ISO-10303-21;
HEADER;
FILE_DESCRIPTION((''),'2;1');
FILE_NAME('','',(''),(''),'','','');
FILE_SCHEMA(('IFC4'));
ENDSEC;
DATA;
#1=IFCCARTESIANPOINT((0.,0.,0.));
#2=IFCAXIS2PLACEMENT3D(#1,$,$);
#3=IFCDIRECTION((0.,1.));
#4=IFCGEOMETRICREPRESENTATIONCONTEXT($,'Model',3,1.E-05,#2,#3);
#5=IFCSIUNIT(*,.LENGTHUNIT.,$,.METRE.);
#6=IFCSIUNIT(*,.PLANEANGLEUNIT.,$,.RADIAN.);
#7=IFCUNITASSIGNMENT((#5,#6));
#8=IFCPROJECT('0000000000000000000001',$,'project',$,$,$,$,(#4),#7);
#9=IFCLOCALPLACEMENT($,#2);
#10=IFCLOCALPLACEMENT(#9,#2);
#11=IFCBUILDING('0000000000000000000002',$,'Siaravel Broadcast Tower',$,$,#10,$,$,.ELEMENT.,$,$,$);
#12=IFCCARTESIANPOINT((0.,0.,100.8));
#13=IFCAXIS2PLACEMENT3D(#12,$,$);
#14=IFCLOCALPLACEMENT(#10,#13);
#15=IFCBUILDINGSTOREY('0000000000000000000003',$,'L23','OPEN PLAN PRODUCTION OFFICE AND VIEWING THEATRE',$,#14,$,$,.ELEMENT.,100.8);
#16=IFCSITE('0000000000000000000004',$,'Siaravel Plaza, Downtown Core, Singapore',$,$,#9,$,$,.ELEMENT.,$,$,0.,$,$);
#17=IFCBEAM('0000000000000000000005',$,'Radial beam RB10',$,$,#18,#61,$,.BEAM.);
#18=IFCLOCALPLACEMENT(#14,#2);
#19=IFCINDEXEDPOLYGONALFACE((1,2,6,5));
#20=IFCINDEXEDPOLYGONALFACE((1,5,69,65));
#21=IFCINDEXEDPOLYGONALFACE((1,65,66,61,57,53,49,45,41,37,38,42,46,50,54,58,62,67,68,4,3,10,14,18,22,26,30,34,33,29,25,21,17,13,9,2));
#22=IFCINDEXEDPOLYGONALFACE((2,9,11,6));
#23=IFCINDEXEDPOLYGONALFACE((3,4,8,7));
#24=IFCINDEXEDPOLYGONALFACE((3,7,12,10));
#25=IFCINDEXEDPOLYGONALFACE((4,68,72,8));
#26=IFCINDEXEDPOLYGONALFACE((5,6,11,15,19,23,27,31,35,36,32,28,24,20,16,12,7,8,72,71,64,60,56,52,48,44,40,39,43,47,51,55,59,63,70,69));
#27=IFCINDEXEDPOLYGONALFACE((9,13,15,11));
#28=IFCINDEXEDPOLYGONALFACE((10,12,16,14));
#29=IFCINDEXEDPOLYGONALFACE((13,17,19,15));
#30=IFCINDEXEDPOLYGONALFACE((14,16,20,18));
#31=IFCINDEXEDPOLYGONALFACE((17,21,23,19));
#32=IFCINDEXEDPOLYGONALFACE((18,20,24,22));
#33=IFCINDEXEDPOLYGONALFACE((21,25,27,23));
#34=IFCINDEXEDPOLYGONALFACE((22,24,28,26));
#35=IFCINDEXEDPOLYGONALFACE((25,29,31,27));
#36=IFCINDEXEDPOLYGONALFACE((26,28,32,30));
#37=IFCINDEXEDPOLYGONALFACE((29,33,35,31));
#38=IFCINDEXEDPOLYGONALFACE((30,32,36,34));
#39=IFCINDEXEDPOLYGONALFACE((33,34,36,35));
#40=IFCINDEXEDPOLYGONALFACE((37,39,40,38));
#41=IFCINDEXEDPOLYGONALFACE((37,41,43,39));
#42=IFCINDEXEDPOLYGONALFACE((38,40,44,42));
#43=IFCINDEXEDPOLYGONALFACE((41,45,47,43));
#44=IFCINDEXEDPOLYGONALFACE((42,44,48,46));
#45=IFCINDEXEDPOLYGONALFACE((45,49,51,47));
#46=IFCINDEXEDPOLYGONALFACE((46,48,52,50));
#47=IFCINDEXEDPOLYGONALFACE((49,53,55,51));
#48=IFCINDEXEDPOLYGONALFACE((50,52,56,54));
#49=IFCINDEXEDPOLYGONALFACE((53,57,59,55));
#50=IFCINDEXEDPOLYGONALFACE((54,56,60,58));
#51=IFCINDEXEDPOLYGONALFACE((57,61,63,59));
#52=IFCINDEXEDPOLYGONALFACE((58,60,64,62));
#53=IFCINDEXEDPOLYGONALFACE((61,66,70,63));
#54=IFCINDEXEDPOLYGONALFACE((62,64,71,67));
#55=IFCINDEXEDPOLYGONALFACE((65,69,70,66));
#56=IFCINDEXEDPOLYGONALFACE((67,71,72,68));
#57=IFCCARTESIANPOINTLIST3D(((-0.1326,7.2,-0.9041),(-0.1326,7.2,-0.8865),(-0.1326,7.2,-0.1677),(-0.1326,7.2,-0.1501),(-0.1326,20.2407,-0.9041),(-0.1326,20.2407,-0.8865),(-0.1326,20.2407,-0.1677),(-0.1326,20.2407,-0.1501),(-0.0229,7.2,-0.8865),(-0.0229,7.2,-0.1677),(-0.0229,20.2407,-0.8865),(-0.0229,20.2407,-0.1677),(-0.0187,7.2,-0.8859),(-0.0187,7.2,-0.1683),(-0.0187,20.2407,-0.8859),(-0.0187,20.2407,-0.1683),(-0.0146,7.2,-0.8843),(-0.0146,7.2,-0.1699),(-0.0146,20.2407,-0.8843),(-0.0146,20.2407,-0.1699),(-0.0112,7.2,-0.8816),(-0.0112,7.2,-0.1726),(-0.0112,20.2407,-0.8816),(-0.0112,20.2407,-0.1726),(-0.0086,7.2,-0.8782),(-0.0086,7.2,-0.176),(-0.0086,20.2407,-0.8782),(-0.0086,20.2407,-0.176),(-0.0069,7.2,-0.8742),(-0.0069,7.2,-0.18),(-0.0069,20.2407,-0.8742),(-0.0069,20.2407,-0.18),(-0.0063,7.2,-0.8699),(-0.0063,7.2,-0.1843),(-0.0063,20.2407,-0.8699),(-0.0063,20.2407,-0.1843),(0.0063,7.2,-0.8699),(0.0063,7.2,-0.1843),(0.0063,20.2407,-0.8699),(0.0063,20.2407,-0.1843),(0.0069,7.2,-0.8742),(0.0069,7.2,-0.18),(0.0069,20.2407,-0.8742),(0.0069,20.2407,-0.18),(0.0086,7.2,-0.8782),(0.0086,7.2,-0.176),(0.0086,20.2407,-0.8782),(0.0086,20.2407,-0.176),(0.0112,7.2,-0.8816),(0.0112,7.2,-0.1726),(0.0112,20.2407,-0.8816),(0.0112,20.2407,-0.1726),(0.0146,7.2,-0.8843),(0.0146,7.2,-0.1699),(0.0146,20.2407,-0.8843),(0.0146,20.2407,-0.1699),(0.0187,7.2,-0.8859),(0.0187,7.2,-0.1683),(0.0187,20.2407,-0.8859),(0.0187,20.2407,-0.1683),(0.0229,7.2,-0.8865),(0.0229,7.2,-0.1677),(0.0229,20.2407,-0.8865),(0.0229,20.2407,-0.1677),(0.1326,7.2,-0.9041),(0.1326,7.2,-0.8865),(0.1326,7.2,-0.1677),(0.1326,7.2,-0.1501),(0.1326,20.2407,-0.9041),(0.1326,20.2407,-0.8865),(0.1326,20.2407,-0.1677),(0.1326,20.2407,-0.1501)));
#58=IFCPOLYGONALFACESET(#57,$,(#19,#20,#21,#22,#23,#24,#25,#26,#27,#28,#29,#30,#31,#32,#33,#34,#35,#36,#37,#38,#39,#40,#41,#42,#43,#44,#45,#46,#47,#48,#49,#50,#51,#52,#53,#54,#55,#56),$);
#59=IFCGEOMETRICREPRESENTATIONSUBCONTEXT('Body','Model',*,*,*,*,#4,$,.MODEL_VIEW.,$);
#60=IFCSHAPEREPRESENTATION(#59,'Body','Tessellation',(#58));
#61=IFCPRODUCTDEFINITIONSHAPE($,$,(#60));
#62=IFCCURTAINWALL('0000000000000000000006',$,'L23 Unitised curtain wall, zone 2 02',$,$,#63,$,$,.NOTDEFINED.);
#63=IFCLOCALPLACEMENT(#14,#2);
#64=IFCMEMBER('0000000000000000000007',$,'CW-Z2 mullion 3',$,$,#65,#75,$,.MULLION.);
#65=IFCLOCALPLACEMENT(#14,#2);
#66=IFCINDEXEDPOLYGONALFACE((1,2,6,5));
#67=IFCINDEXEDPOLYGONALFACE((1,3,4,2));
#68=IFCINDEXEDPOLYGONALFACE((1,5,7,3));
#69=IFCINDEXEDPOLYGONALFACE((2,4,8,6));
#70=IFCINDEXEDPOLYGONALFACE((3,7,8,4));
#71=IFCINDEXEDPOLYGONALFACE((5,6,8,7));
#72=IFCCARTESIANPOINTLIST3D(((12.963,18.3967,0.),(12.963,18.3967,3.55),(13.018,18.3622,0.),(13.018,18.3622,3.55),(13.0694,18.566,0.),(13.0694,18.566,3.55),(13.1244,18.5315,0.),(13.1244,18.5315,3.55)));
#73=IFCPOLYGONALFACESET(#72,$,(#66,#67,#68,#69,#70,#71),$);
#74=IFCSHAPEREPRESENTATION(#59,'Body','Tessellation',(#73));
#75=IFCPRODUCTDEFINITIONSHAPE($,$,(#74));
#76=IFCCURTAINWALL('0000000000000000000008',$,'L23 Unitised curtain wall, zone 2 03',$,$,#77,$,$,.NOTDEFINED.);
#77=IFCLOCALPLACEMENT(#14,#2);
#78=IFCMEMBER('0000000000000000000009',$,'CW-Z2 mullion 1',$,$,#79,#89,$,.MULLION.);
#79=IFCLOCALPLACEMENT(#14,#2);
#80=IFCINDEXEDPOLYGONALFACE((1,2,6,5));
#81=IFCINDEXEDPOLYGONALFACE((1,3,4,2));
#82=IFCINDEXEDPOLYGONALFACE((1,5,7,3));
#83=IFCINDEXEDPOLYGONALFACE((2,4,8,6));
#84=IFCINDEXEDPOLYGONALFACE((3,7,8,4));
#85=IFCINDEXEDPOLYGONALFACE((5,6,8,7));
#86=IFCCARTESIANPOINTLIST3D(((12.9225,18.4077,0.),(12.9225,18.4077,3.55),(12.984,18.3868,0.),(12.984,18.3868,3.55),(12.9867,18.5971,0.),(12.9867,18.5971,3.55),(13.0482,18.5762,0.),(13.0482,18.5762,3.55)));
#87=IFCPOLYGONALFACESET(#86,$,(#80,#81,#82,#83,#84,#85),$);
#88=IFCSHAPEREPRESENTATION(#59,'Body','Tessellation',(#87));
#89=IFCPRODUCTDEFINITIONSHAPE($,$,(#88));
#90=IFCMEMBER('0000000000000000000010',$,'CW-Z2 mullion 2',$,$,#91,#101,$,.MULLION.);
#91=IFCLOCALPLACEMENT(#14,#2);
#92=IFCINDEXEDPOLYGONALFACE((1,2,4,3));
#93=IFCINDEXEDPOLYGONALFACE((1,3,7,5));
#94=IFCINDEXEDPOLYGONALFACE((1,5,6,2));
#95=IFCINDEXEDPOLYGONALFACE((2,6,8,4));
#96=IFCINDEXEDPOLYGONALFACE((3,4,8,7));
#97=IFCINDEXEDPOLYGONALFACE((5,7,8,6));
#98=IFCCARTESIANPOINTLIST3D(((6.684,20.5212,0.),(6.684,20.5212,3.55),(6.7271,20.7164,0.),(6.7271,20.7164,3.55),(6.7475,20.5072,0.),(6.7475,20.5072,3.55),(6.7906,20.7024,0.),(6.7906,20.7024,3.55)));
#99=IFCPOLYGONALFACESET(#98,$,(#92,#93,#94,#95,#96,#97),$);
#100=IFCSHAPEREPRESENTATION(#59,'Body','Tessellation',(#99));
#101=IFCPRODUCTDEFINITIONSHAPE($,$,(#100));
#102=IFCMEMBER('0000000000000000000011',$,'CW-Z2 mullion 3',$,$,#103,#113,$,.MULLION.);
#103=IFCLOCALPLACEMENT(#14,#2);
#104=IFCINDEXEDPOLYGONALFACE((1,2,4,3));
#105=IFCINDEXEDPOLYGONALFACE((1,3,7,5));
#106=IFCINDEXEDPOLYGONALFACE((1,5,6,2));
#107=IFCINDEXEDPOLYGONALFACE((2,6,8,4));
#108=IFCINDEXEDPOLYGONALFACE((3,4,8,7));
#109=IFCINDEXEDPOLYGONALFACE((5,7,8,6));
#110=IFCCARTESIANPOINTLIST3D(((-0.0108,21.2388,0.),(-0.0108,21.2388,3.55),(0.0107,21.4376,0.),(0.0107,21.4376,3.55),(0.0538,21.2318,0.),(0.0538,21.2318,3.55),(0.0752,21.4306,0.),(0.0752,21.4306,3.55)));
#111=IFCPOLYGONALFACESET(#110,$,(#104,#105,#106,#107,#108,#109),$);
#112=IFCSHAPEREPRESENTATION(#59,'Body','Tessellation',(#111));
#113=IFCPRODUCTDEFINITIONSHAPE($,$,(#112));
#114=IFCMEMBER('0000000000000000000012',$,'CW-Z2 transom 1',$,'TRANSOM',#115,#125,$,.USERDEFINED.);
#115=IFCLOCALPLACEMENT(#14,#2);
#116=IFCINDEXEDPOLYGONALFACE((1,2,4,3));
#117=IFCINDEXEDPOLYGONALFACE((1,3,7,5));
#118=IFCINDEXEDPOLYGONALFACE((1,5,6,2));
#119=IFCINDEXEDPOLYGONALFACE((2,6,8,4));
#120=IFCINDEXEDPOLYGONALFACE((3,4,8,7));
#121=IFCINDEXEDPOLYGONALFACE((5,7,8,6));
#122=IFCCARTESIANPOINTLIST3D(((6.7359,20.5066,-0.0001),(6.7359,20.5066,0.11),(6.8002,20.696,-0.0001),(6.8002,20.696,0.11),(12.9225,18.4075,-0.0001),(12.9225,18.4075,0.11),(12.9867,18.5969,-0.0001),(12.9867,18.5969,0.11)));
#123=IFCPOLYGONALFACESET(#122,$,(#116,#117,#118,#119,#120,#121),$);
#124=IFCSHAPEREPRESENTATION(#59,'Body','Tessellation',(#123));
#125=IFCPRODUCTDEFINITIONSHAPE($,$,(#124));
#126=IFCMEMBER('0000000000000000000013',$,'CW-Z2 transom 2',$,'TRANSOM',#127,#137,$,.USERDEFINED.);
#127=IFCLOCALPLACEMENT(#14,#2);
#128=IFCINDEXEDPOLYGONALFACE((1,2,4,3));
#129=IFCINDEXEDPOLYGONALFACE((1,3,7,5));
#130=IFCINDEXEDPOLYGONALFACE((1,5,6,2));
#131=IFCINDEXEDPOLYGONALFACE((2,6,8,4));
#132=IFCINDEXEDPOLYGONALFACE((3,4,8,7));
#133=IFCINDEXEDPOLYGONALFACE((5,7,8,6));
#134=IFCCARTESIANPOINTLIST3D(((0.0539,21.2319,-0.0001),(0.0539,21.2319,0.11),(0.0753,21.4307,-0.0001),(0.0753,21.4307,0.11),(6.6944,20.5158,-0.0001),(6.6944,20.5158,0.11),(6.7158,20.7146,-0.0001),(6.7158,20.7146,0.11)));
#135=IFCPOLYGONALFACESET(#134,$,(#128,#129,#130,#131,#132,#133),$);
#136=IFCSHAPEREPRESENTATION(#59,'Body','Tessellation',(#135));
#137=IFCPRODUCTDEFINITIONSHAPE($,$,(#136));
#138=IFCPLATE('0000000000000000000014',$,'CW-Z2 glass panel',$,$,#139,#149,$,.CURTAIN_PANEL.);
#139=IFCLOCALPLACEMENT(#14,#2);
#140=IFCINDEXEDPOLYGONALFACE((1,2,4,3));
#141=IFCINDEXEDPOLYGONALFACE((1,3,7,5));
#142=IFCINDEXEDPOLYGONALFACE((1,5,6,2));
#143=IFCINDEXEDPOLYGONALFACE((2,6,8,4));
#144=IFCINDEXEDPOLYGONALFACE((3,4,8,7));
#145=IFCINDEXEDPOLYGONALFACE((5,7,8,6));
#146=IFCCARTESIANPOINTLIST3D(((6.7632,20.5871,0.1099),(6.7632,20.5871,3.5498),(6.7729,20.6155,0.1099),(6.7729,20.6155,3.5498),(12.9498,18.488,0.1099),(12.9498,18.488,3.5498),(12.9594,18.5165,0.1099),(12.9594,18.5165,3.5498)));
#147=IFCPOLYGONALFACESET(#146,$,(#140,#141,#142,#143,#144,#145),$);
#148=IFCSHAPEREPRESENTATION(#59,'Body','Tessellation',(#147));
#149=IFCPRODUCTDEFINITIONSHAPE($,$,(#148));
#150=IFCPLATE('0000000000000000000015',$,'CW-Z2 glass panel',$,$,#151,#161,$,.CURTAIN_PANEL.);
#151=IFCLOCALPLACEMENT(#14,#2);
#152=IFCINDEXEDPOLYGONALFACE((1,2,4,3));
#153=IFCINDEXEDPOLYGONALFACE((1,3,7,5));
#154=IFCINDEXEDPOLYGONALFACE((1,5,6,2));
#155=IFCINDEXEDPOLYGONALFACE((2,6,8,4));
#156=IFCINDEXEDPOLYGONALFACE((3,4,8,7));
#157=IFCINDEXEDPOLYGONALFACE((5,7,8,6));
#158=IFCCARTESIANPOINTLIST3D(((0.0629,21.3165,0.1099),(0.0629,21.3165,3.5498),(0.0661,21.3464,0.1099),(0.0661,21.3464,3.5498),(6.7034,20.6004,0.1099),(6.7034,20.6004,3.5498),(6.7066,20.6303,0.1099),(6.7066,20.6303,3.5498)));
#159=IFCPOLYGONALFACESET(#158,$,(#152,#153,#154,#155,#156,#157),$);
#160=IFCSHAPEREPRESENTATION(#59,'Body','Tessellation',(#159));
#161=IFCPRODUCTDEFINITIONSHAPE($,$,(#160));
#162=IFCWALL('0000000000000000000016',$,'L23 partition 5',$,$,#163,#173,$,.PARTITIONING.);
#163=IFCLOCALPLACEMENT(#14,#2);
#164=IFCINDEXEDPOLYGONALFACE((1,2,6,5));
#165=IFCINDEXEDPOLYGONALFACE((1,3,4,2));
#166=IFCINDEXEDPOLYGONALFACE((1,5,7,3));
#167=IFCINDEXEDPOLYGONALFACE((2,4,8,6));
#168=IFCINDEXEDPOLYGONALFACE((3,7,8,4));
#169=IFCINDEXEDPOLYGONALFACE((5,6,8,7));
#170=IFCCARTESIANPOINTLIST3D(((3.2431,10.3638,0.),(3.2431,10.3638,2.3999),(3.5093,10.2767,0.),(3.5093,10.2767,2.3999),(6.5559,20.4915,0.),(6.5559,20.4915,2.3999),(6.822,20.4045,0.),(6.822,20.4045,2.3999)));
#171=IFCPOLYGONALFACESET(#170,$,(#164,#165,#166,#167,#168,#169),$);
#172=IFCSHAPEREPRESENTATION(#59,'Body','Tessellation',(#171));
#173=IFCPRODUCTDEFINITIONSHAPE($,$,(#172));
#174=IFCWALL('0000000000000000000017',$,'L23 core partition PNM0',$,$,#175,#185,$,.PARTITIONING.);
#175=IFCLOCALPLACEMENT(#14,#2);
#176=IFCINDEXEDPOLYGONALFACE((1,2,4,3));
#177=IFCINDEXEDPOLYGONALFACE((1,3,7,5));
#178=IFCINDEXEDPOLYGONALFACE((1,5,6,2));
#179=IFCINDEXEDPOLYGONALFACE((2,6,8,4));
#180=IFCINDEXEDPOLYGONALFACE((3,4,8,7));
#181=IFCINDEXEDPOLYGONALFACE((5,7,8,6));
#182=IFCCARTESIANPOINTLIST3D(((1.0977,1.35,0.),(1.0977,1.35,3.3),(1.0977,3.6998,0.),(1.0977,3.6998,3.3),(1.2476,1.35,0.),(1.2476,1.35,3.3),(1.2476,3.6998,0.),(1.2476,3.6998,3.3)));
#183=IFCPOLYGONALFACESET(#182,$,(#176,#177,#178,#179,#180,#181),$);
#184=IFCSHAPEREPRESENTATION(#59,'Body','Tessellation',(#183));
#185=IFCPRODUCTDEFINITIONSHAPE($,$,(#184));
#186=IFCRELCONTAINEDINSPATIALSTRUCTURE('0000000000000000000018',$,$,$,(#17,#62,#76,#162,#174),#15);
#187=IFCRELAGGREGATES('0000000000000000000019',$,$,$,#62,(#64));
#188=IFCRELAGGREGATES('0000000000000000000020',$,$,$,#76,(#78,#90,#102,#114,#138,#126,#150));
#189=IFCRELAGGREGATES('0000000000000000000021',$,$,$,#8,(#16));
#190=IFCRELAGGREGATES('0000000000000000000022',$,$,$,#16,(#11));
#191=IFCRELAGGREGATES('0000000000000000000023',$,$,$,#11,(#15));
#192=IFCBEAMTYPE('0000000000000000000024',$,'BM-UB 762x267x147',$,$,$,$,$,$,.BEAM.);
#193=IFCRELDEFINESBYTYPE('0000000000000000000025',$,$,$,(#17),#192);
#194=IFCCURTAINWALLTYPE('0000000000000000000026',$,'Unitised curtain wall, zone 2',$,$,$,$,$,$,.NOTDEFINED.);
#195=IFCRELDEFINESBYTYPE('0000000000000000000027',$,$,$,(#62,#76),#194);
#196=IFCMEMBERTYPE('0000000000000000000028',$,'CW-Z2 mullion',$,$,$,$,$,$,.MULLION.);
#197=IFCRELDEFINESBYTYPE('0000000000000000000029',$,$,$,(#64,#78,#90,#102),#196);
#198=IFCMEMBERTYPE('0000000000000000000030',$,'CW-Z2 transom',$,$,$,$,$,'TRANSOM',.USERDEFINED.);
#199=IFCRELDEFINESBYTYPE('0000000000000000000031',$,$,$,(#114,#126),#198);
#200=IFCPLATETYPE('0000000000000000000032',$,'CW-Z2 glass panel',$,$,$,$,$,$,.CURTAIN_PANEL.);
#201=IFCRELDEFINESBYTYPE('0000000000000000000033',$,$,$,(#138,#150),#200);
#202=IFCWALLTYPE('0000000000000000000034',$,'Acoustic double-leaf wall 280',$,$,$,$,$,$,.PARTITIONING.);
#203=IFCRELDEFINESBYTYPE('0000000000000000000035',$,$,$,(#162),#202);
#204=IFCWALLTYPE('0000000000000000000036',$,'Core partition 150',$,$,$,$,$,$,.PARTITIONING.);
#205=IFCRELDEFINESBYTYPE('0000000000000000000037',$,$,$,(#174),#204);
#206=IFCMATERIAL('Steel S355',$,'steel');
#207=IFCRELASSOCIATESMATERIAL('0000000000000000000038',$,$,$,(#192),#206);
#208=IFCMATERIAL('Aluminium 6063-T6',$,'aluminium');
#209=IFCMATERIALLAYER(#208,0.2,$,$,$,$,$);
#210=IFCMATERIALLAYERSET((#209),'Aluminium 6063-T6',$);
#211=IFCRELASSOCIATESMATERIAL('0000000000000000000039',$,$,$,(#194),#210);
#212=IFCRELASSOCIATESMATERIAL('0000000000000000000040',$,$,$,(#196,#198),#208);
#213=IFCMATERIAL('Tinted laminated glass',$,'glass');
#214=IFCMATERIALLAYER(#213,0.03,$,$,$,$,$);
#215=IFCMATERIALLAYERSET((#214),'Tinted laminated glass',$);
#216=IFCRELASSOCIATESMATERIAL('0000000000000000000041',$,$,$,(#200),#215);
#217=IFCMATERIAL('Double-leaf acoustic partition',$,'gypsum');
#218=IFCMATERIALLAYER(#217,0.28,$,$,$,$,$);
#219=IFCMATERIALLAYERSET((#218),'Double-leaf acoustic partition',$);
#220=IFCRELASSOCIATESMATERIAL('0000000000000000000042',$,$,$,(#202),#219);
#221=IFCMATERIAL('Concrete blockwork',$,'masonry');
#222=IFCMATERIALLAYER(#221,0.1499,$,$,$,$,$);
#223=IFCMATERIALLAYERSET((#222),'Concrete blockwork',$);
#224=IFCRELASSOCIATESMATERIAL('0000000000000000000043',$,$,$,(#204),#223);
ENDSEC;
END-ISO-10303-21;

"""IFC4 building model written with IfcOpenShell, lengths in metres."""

from ifc_helpers import new_model, si_unit, direction, frame, frame_2d, origin, origin_2d, place, context, subcontext, project, spatial, rectangle, i_section, extrude, material, layer, layer_set, material_profile, profile_set, type_object, element, aggregate, save


model = new_model("IFC4")

# Units and contexts
model_context = context("Model", 3, precision=1e-05, world=origin(), true_north=direction((0.0, 1.0)))
body_context = subcontext(model_context, "Body", "Model", "MODEL_VIEW")
ifc_project = project(units=[si_unit("LENGTHUNIT", "METRE"), si_unit("PLANEANGLEUNIT", "RADIAN")], contexts=[model_context])

# Site, building, storey
site_placement = place(None, origin())
site = spatial("IfcSite", under=ifc_project, at=site_placement, Name="Siaravel Plaza, Downtown Core, Singapore", CompositionType="ELEMENT", RefElevation=0.0)
building_placement = place(site_placement, origin())
building = spatial("IfcBuilding", under=site, at=building_placement, Name="Siaravel Broadcast Tower", CompositionType="ELEMENT")
storey_placement = place(building_placement, frame((0.0, 0.0, 100.8)))
storey = spatial("IfcBuildingStorey", under=building, at=storey_placement, Name="L23", Description="OPEN PLAN PRODUCTION OFFICE AND VIEWING THEATRE", CompositionType="ELEMENT", Elevation=100.8)

# Beam
ifc_material_1 = material(Name="Steel S355", Category="steel")
ifc_material_profile_1 = material_profile(ifc_material_1, i_section(OverallWidth=0.2651, OverallDepth=0.7539, WebThickness=0.0127, FlangeThickness=0.0176, FilletRadius=0.0166, at=origin_2d()))
ifc_profile_set_1 = profile_set([ifc_material_profile_1], Name="Steel S355")
beam_type = type_object("IfcBeamType", Name="BM-UB 762x267x147", PredefinedType="BEAM", material=ifc_profile_set_1)
beam_1_placement = place(storey_placement, frame((0.0, 20.2407, -0.5271), z_axis=(0.0, -1.0, 0.0), x_axis=(1.0, 0.0, 0.0)))
element("IfcBeam", 1, at=beam_1_placement, inside=storey, type_object=beam_type, Name="Radial beam RB10", PredefinedType="BEAM", context=body_context, shape_type="SweptSolid", body=[
    extrude(i_section(OverallWidth=0.2651, OverallDepth=0.7539, WebThickness=0.0127, FlangeThickness=0.0176, FilletRadius=0.0166, at=origin_2d()), origin(), (0.0, 0.0, 1.0), 13.0408),
])

# Curtain wall, member
ifc_material_2 = material(Name="Aluminium 6063-T6", Category="aluminium")
ifc_layer_1 = layer(ifc_material_2, 0.2)
ifc_layer_set_1 = layer_set([ifc_layer_1], Name="Aluminium 6063-T6")
curtain_wall_type = type_object("IfcCurtainWallType", Name="Unitised curtain wall, zone 2", PredefinedType="NOTDEFINED", material=ifc_layer_set_1)
curtain_wall_1_placement = place(storey_placement, origin())
curtain_wall_1 = element("IfcCurtainWall", 2, at=curtain_wall_1_placement, inside=storey, type_object=curtain_wall_type, Name="L23 Unitised curtain wall, zone 2 02", PredefinedType="NOTDEFINED")
ifc_material_profile_2 = material_profile(ifc_material_2, rectangle(XDim=0.2, YDim=0.0649, at=origin_2d()))
ifc_profile_set_2 = profile_set([ifc_material_profile_2], Name="Aluminium 6063-T6")
member_type_1 = type_object("IfcMemberType", Name="CW-Z2 mullion", PredefinedType="MULLION", material=ifc_profile_set_2)
member_1_placement = place(storey_placement, frame((13.0437, 18.4641, 0.0), z_axis=(0.0, 0.0, 1.0), x_axis=(-0.532149, -0.846651, 0.0)))
member_1 = element("IfcMember", 3, at=member_1_placement, type_object=member_type_1, Name="CW-Z2 mullion 3", PredefinedType="MULLION", context=body_context, shape_type="SweptSolid", body=[
    extrude(rectangle(XDim=0.2, YDim=0.0649, at=origin_2d()), origin(), (0.0, 0.0, 1.0), 3.55),
])
aggregate(curtain_wall_1, [member_1])

# Curtain wall, members, plates
curtain_wall_2_placement = place(storey_placement, origin())
curtain_wall_2 = element("IfcCurtainWall", 4, at=curtain_wall_2_placement, inside=storey, type_object=curtain_wall_type, Name="L23 Unitised curtain wall, zone 2 03", PredefinedType="NOTDEFINED")
member_2_placement = place(storey_placement, frame((12.9854, 18.4919, 0.0), z_axis=(0.0, 0.0, 1.0), x_axis=(-0.3213, -0.946977, 0.0)))
member_2 = element("IfcMember", 5, at=member_2_placement, type_object=member_type_1, Name="CW-Z2 mullion 1", PredefinedType="MULLION", context=body_context, shape_type="SweptSolid", body=[
    extrude(rectangle(XDim=0.2, YDim=0.0649, at=origin_2d()), origin(), (0.0, 0.0, 1.0), 3.55),
])
member_3_placement = place(storey_placement, frame((6.7373, 20.6118, 0.0), z_axis=(0.0, 0.0, 1.0), x_axis=(-0.215558, -0.976491, 0.0)))
member_3 = element("IfcMember", 6, at=member_3_placement, type_object=member_type_1, Name="CW-Z2 mullion 2", PredefinedType="MULLION", context=body_context, shape_type="SweptSolid", body=[
    extrude(rectangle(XDim=0.2, YDim=0.0649, at=origin_2d()), origin(), (0.0, 0.0, 1.0), 3.55),
])
member_4_placement = place(storey_placement, frame((0.0322, 21.3347, 0.0), z_axis=(0.0, 0.0, 1.0), x_axis=(-0.107217, -0.994236, 0.0)))
member_4 = element("IfcMember", 7, at=member_4_placement, type_object=member_type_1, Name="CW-Z2 mullion 3", PredefinedType="MULLION", context=body_context, shape_type="SweptSolid", body=[
    extrude(rectangle(XDim=0.2, YDim=0.0649, at=origin_2d()), origin(), (0.0, 0.0, 1.0), 3.55),
])
ifc_material_profile_3 = material_profile(ifc_material_2, rectangle(XDim=0.2, YDim=0.1101, at=origin_2d()))
ifc_profile_set_3 = profile_set([ifc_material_profile_3], Name="Aluminium 6063-T6")
member_type_2 = type_object("IfcMemberType", Name="CW-Z2 transom", ElementType="TRANSOM", PredefinedType="USERDEFINED", material=ifc_profile_set_3)
member_5_placement = place(storey_placement, frame((12.9546, 18.5022, 0.0549), z_axis=(-0.946973, 0.321313, 0.0), x_axis=(-0.321313, -0.946973, 0.0)))
member_5 = element("IfcMember", 8, at=member_5_placement, type_object=member_type_2, Name="CW-Z2 transom 1", ObjectType="TRANSOM", PredefinedType="USERDEFINED", context=body_context, shape_type="SweptSolid", body=[
    extrude(rectangle(XDim=0.2, YDim=0.1101, at=origin_2d()), origin(), (0.0, 0.0, 1.0), 6.533),
])
member_6_placement = place(storey_placement, frame((6.7051, 20.6152, 0.0549), z_axis=(-0.994236, 0.107213, 0.0), x_axis=(-0.107213, -0.994236, 0.0)))
member_6 = element("IfcMember", 9, at=member_6_placement, type_object=member_type_2, Name="CW-Z2 transom 2", ObjectType="TRANSOM", PredefinedType="USERDEFINED", context=body_context, shape_type="SweptSolid", body=[
    extrude(rectangle(XDim=0.2, YDim=0.1101, at=origin_2d()), origin(), (0.0, 0.0, 1.0), 6.679),
])
ifc_material_3 = material(Name="Tinted laminated glass", Category="glass")
ifc_layer_2 = layer(ifc_material_3, 0.03)
ifc_layer_set_2 = layer_set([ifc_layer_2], Name="Tinted laminated glass")
plate_type = type_object("IfcPlateType", Name="CW-Z2 glass panel", PredefinedType="CURTAIN_PANEL", material=ifc_layer_set_2)
plate_1_placement = place(storey_placement, frame((9.8613, 19.5518, 0.1099), z_axis=(0.0, 0.0, 1.0), x_axis=(-0.946977, 0.3213, 0.0)))
plate_1 = element("IfcPlate", 10, at=plate_1_placement, type_object=plate_type, Name="CW-Z2 glass panel", PredefinedType="CURTAIN_PANEL", context=body_context, shape_type="SweptSolid", body=[
    extrude(rectangle(XDim=6.533, YDim=0.03, at=origin_2d()), origin(), (0.0, 0.0, 1.0), 3.4399),
])
plate_2_placement = place(storey_placement, frame((3.3848, 20.9734, 0.1099), z_axis=(0.0, 0.0, 1.0), x_axis=(-0.994236, 0.107217, 0.0)))
plate_2 = element("IfcPlate", 11, at=plate_2_placement, type_object=plate_type, Name="CW-Z2 glass panel", PredefinedType="CURTAIN_PANEL", context=body_context, shape_type="SweptSolid", body=[
    extrude(rectangle(XDim=6.679, YDim=0.03, at=origin_2d()), origin(), (0.0, 0.0, 1.0), 3.4399),
])
aggregate(curtain_wall_2, [member_2, member_3, member_4, member_5, plate_1, member_6, plate_2])

# Walls
ifc_material_4 = material(Name="Double-leaf acoustic partition", Category="gypsum")
ifc_layer_3 = layer(ifc_material_4, 0.28)
ifc_layer_set_3 = layer_set([ifc_layer_3], Name="Double-leaf acoustic partition")
wall_type_1 = type_object("IfcWallType", Name="Acoustic double-leaf wall 280", PredefinedType="PARTITIONING", material=ifc_layer_set_3)
wall_1_placement = place(storey_placement, frame((6.689, 20.448, 0.0), z_axis=(0.0, 0.0, 1.0), x_axis=(-0.310889, -0.950446, 0.0)))
element("IfcWall", 12, at=wall_1_placement, inside=storey, type_object=wall_type_1, Name="L23 partition 5", PredefinedType="PARTITIONING", context=body_context, shape_type="SweptSolid", body=[
    extrude(rectangle(XDim=10.6558, YDim=0.28, at=frame_2d((5.3279, 0.0))), origin(), (0.0, 0.0, 1.0), 2.3999),
])
ifc_material_5 = material(Name="Concrete blockwork", Category="masonry")
ifc_layer_4 = layer(ifc_material_5, 0.1499)
ifc_layer_set_4 = layer_set([ifc_layer_4], Name="Concrete blockwork")
wall_type_2 = type_object("IfcWallType", Name="Core partition 150", PredefinedType="PARTITIONING", material=ifc_layer_set_4)
wall_2_placement = place(storey_placement, frame((1.1726, 1.3501, 0.0), z_axis=(0.0, 0.0, 1.0), x_axis=(0.0, 1.0, 0.0)))
element("IfcWall", 13, at=wall_2_placement, inside=storey, type_object=wall_type_2, Name="L23 core partition PNM0", PredefinedType="PARTITIONING", context=body_context, shape_type="SweptSolid", body=[
    extrude(rectangle(XDim=2.3499, YDim=0.1499, at=frame_2d((1.1748, 0.0))), origin(), (0.0, 0.0, 1.0), 3.3),
])

save(model, "model.ifc")
